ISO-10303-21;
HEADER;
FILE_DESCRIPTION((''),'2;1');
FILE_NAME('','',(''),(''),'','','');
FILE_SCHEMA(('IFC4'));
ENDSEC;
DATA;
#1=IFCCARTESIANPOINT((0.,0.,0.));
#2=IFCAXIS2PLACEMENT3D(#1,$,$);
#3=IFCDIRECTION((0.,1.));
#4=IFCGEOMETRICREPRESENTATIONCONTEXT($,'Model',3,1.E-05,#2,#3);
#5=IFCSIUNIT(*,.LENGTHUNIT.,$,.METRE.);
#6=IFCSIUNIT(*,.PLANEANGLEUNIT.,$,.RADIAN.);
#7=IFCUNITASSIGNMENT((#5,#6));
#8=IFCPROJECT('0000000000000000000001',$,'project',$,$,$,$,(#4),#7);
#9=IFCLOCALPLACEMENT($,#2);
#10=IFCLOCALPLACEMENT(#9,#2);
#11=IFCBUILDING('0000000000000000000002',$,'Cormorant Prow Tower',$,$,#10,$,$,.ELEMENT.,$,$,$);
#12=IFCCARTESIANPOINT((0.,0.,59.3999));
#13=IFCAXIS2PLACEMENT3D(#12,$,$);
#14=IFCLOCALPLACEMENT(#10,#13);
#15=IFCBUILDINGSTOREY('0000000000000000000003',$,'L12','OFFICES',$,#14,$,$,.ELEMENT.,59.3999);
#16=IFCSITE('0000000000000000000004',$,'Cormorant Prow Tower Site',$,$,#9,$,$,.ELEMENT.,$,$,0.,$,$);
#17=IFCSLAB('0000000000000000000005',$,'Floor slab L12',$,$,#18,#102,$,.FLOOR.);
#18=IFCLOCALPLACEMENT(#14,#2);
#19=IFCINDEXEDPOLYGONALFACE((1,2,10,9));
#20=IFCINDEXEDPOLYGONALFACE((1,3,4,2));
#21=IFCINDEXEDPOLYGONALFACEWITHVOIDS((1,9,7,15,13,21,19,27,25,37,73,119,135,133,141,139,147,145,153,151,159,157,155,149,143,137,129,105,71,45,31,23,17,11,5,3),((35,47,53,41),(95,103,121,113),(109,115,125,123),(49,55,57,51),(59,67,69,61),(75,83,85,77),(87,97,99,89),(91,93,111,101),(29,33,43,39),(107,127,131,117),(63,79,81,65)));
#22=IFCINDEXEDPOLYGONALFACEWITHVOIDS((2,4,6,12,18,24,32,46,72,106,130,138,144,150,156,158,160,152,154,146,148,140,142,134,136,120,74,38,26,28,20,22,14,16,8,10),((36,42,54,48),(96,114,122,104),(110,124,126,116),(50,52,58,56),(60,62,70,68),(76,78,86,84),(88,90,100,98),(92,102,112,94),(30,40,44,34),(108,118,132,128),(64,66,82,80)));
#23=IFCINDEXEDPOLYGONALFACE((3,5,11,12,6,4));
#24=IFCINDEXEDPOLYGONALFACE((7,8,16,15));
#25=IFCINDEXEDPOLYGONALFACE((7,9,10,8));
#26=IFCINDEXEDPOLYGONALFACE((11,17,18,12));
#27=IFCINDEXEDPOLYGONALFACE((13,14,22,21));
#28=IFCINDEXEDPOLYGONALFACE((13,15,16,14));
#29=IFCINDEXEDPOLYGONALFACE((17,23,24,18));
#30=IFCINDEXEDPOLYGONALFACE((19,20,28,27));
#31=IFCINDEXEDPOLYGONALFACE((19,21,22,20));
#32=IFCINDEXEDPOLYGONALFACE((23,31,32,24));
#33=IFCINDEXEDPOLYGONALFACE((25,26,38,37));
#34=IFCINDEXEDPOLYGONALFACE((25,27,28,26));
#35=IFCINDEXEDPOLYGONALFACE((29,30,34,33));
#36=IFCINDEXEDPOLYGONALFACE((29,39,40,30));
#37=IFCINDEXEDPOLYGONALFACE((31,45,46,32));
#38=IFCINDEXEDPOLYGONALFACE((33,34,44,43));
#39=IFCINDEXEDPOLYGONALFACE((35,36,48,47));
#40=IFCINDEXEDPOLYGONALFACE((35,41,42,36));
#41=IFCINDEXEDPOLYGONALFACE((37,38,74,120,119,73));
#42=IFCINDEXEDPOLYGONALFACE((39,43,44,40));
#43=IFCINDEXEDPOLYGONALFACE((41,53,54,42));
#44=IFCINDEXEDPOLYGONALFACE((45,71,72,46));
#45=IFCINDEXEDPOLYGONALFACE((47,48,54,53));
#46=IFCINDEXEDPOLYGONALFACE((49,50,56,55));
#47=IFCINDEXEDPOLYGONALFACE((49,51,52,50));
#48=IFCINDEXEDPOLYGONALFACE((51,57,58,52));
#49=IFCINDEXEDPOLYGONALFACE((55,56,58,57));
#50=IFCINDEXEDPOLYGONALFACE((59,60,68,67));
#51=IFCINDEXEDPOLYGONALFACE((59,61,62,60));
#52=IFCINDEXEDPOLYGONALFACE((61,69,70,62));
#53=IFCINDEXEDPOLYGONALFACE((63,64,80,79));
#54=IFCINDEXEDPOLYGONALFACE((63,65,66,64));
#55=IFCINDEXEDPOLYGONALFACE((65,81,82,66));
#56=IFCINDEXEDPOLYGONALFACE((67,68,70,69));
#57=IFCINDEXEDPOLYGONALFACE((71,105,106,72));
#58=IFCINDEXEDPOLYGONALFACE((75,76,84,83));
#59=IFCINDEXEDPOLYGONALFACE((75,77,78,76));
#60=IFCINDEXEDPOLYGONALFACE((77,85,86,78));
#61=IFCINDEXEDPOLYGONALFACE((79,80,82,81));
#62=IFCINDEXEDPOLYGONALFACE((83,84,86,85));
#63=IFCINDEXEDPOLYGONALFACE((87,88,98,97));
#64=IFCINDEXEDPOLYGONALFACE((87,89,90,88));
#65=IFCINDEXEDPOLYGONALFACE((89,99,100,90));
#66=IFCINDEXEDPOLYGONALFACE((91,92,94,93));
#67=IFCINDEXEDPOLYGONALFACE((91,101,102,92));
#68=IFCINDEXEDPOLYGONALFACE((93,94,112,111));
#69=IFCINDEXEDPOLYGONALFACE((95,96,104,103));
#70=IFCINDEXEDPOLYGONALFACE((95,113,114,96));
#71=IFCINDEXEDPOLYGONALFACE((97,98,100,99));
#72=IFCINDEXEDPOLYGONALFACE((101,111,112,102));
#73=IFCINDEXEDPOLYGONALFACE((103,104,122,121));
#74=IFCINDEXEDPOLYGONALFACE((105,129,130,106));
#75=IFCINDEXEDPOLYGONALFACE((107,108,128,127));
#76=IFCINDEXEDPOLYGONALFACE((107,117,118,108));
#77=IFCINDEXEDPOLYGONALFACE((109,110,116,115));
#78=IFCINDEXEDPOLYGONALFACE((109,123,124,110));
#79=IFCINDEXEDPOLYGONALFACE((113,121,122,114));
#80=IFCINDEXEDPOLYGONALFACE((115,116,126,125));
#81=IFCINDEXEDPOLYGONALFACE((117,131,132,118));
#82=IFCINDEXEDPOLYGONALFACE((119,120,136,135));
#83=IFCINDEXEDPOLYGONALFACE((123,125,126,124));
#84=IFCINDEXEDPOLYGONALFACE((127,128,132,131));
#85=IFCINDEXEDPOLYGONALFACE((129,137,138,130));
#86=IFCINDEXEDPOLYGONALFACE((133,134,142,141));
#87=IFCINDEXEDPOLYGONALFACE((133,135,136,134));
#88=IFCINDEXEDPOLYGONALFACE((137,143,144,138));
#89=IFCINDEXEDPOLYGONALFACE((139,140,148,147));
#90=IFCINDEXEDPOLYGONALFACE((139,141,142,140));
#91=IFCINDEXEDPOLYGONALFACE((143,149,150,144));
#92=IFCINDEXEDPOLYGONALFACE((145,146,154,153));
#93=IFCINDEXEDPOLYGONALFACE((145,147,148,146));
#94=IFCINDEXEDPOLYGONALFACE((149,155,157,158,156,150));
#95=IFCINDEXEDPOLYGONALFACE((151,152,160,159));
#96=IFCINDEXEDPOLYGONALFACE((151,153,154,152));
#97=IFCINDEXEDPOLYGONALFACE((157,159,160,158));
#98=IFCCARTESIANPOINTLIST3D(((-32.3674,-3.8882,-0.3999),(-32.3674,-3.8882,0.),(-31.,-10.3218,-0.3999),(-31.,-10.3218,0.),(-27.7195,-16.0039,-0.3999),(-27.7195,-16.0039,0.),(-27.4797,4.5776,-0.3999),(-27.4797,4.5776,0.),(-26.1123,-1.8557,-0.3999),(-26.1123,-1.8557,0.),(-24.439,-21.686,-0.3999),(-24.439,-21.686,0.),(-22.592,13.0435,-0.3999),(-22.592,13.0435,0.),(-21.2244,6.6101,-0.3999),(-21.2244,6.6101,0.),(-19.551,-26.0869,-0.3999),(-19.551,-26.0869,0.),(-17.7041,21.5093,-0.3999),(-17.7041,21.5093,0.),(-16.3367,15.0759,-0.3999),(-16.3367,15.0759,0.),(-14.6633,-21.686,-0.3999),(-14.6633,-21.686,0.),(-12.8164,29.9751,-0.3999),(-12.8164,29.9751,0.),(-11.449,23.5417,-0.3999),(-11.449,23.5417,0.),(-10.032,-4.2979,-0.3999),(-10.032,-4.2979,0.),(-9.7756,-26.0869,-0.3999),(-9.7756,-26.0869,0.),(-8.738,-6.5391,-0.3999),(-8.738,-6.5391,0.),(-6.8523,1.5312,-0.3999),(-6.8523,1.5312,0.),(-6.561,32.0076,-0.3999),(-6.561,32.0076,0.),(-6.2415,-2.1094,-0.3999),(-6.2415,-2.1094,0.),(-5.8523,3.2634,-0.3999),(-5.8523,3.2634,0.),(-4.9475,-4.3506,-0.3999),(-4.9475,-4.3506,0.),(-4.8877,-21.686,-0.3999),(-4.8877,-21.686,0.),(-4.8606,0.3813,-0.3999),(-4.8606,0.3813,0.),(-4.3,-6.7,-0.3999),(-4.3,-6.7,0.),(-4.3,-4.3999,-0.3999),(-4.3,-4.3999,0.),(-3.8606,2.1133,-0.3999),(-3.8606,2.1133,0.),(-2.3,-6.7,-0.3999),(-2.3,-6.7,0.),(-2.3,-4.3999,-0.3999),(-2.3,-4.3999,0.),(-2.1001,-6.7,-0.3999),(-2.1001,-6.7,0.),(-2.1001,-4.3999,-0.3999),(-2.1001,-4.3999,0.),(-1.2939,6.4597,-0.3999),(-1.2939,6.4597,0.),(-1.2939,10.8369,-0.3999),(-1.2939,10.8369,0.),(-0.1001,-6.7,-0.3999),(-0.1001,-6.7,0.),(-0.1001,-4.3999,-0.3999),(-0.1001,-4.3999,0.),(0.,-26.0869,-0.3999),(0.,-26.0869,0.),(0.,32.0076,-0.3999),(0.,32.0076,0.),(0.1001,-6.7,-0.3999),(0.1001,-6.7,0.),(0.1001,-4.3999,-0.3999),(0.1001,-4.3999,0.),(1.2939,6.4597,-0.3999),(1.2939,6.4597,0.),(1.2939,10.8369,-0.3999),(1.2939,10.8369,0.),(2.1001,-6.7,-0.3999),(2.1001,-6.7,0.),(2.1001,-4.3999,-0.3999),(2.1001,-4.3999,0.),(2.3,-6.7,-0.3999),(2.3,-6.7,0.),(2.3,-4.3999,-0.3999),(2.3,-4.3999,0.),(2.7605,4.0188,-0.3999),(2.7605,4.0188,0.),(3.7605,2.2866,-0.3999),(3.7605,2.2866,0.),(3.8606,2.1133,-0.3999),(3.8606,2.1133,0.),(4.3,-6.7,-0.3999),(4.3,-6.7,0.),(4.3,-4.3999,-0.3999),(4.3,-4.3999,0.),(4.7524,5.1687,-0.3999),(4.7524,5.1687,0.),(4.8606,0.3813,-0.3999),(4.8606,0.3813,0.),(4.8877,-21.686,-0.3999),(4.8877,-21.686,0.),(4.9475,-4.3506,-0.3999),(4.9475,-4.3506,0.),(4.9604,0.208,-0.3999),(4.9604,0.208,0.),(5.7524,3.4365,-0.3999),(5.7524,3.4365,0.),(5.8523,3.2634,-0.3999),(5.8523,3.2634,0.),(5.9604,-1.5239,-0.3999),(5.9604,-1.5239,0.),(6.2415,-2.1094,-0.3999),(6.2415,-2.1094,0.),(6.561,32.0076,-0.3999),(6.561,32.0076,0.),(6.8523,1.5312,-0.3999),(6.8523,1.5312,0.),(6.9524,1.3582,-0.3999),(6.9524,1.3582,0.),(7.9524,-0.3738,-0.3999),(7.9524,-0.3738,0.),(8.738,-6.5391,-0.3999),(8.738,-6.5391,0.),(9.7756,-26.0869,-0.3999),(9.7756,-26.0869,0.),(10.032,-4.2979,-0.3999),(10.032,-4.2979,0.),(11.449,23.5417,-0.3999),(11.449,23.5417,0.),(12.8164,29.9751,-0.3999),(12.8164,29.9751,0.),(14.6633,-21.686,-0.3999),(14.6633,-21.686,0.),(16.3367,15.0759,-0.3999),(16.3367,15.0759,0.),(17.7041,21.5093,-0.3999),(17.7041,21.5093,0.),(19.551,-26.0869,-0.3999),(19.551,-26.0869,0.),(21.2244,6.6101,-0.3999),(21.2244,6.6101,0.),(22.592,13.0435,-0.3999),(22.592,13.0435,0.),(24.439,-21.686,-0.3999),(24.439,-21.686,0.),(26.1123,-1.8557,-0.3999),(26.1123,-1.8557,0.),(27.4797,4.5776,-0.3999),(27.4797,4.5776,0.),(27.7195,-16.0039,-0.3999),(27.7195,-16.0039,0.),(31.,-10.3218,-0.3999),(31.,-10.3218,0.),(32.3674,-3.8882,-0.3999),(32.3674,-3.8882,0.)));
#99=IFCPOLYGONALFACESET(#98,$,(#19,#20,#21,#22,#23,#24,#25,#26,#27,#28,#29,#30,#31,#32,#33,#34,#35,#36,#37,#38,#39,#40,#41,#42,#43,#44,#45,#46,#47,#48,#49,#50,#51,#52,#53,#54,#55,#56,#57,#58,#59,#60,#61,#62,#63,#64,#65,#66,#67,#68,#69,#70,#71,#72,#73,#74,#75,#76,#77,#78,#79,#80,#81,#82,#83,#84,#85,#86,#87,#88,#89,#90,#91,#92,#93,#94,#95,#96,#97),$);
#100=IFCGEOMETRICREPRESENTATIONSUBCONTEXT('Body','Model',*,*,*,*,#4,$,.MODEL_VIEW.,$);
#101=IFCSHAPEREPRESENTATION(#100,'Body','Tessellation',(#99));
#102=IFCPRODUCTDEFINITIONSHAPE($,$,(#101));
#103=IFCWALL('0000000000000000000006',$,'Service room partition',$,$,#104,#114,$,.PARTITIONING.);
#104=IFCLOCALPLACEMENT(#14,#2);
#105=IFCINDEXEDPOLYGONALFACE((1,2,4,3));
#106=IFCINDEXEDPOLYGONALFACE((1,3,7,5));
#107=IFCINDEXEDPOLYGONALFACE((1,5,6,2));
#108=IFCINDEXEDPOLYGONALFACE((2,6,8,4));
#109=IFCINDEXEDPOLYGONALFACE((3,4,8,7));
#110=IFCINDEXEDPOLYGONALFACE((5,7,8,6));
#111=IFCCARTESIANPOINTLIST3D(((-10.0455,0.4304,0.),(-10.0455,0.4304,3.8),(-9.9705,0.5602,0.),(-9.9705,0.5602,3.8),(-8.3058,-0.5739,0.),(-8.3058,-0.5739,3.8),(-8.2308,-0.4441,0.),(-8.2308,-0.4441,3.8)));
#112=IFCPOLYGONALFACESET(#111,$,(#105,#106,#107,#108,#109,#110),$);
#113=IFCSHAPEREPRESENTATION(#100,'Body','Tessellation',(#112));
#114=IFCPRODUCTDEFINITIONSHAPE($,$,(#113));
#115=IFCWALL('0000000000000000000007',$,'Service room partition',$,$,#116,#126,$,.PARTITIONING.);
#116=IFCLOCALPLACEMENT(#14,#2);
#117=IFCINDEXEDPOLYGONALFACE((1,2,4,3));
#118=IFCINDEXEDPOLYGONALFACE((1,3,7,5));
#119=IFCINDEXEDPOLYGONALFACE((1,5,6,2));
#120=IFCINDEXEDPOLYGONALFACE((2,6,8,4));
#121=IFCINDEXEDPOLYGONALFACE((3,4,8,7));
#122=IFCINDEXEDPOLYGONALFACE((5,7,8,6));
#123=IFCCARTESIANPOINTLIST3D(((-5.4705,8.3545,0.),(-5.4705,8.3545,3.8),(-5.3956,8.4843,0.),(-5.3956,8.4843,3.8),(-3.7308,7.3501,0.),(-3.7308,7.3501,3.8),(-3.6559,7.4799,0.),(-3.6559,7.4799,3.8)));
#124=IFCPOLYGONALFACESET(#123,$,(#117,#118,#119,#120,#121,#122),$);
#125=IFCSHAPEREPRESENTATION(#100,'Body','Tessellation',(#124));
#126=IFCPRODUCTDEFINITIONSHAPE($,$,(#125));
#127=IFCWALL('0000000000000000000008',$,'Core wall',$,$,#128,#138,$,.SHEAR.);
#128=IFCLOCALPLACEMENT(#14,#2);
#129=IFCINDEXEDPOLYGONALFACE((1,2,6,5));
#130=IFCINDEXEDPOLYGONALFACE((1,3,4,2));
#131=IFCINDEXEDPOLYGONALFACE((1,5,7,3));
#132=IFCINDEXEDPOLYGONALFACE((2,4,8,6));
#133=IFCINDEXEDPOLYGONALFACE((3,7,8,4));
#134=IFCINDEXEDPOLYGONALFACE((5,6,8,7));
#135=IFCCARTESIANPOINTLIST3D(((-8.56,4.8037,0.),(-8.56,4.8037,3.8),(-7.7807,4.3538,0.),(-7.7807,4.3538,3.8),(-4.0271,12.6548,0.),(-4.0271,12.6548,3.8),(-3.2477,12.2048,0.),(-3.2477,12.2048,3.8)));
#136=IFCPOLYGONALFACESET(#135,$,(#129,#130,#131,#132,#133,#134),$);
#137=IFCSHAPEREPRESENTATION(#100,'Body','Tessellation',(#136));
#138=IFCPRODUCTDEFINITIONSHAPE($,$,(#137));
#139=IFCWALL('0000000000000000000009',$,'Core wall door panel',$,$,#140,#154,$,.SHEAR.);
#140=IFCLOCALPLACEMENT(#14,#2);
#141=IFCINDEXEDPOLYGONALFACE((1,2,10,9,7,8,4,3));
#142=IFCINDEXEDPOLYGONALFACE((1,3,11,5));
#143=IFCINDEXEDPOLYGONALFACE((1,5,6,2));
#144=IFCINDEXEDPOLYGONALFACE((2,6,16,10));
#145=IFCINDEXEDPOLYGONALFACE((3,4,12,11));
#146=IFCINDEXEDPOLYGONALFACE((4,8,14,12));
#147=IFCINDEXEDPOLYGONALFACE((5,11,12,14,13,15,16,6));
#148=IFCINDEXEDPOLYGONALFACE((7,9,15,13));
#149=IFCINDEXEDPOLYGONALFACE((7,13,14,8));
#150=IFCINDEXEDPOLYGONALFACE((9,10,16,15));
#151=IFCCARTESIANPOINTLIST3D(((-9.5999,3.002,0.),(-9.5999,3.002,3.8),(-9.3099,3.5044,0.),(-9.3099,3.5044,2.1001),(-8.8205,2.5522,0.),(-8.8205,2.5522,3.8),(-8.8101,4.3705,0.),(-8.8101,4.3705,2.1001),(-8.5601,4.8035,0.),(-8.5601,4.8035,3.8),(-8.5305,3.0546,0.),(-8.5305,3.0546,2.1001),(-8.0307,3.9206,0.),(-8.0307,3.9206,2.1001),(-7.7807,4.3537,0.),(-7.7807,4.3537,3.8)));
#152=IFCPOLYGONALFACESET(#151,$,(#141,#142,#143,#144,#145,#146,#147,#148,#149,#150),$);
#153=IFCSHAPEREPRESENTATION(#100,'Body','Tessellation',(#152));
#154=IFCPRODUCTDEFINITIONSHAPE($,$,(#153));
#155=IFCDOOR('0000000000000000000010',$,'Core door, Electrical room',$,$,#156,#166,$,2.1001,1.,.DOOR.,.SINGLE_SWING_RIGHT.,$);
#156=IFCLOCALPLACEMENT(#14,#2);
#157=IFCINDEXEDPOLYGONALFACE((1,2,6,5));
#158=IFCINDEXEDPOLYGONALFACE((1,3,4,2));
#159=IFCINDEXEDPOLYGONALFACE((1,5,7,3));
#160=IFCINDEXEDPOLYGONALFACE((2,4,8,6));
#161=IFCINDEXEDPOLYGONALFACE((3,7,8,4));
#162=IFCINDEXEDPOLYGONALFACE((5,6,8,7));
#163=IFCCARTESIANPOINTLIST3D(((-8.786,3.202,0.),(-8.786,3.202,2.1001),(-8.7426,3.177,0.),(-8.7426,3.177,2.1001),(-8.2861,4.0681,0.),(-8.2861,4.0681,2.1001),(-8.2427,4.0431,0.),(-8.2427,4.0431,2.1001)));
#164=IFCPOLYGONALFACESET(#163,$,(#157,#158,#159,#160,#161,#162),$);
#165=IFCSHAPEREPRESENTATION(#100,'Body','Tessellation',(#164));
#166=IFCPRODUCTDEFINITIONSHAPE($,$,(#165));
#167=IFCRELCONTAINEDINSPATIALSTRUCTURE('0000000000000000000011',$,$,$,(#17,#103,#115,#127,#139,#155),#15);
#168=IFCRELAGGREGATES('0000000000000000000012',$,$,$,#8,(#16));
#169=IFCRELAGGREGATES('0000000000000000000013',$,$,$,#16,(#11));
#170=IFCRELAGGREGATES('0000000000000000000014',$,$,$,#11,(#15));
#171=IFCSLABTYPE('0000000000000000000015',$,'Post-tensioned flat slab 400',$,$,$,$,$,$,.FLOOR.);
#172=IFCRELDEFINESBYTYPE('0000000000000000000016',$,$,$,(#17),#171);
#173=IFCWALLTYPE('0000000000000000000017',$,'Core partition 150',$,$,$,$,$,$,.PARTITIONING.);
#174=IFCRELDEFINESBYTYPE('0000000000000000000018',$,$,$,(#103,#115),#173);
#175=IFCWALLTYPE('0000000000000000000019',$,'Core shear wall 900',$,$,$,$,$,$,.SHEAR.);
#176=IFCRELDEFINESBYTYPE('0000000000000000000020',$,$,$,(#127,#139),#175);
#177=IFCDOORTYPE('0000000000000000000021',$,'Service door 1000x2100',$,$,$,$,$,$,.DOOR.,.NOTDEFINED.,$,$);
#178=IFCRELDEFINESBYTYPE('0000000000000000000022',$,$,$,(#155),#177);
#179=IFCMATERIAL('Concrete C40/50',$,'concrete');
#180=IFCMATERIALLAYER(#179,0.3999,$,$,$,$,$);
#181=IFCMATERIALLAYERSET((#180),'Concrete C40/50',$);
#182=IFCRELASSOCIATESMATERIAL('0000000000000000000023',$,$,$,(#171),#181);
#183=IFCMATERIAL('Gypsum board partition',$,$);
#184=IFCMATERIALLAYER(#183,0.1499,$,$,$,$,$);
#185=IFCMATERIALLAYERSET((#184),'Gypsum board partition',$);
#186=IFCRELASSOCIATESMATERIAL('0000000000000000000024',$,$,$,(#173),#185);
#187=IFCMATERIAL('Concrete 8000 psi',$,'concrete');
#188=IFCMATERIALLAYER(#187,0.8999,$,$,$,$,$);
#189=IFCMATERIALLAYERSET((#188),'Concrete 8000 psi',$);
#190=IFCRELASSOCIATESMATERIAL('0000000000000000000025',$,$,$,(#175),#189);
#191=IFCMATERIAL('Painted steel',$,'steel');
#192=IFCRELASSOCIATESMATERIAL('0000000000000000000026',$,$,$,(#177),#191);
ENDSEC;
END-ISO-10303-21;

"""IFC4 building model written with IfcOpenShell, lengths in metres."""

from ifc_helpers import new_model, si_unit, direction, frame, frame_2d, origin, place, context, subcontext, project, spatial, polyline, rectangle, outline, extrude, material, layer, layer_set, type_object, element, fill, save


model = new_model("IFC4")

# Units and contexts
model_context = context("Model", 3, precision=1e-05, world=origin(), true_north=direction((0.0, 1.0)))
body_context = subcontext(model_context, "Body", "Model", "MODEL_VIEW")
ifc_project = project(units=[si_unit("LENGTHUNIT", "METRE"), si_unit("PLANEANGLEUNIT", "RADIAN")], contexts=[model_context])

# Site, building, storey
site_placement = place(None, origin())
site = spatial("IfcSite", under=ifc_project, at=site_placement, Name="Cormorant Prow Tower Site", CompositionType="ELEMENT", RefElevation=0.0)
building_placement = place(site_placement, origin())
building = spatial("IfcBuilding", under=site, at=building_placement, Name="Cormorant Prow Tower", CompositionType="ELEMENT")
storey_placement = place(building_placement, frame((0.0, 0.0, 59.3999)))
storey = spatial("IfcBuildingStorey", under=building, at=storey_placement, Name="L12", Description="OFFICES", CompositionType="ELEMENT", Elevation=59.3999)

# Slab
ifc_material_1 = material(Name="Concrete C40/50", Category="concrete")
ifc_layer_1 = layer(ifc_material_1, 0.3999)
ifc_layer_set_1 = layer_set([ifc_layer_1], Name="Concrete C40/50")
slab_type_1 = type_object("IfcSlabType", Name="Post-tensioned flat slab 400", PredefinedType="FLOOR", material=ifc_layer_set_1)
slab_1_placement = place(storey_placement, frame((0.0, 0.0, -0.3999)))
element("IfcSlab", 1, at=slab_1_placement, inside=storey, type_object=slab_type_1, Name="Floor slab L12", PredefinedType="FLOOR", context=body_context, shape_type="SweptSolid", body=[
    extrude(outline(polyline([(-12.8164, 29.9751), (-11.449, 23.5417), (-17.7041, 21.5093), (-16.3367, 15.0759), (-22.592, 13.0435), (-21.2244, 6.6101), (-27.4797, 4.5776), (-26.1123, -1.8557), (-32.3674, -3.8882), (-31.0, -10.3218), (-27.7195, -16.0039), (-24.439, -21.686), (-19.551, -26.0869), (-14.6633, -21.686), (-9.7756, -26.0869), (-4.8877, -21.686), (0.0, -26.0869), (4.8877, -21.686), (9.7756, -26.0869), (14.6633, -21.686), (19.551, -26.0869), (24.439, -21.686), (27.7195, -16.0039), (31.0, -10.3218), (32.3674, -3.8882), (26.1123, -1.8557), (27.4797, 4.5776), (21.2244, 6.6101), (22.592, 13.0435), (16.3367, 15.0759), (17.7041, 21.5093), (11.449, 23.5417), (12.8164, 29.9751), (6.561, 32.0076), (0.0, 32.0076), (-6.561, 32.0076), (-12.8164, 29.9751)]), holes=[polyline([(-4.3, -6.7), (-4.3, -4.3999), (-2.3, -4.3999), (-2.3, -6.7), (-4.3, -6.7)]), polyline([(-2.1001, -4.3999), (-0.1001, -4.3999), (-0.1001, -6.7), (-2.1001, -6.7), (-2.1001, -4.3999)]), polyline([(2.1001, -4.3999), (2.1001, -6.7), (0.1001, -6.7), (0.1001, -4.3999), (2.1001, -4.3999)]), polyline([(4.3, -6.7), (2.3, -6.7), (2.3, -4.3999), (4.3, -4.3999), (4.3, -6.7)]), polyline([(7.9524, -0.3738), (5.9604, -1.5239), (4.9604, 0.208), (6.9524, 1.3582), (7.9524, -0.3738)]), polyline([(4.8606, 0.3813), (3.8606, 2.1133), (5.8523, 3.2634), (6.8523, 1.5312), (4.8606, 0.3813)]), polyline([(2.7605, 4.0188), (4.7524, 5.1687), (5.7524, 3.4365), (3.7605, 2.2866), (2.7605, 4.0188)]), polyline([(-6.8523, 1.5312), (-5.8523, 3.2634), (-3.8606, 2.1133), (-4.8606, 0.3813), (-6.8523, 1.5312)]), polyline([(-4.9475, -4.3506), (-8.738, -6.5391), (-10.032, -4.2979), (-6.2415, -2.1094), (-4.9475, -4.3506)]), polyline([(10.032, -4.2979), (8.738, -6.5391), (4.9475, -4.3506), (6.2415, -2.1094), (10.032, -4.2979)]), polyline([(1.2939, 10.8369), (1.2939, 6.4597), (-1.2939, 6.4597), (-1.2939, 10.8369), (1.2939, 10.8369)])]), origin(), (0.0, 0.0, 1.0), 0.3999),
])

# Walls
ifc_material_2 = material(Name="Gypsum board partition")
ifc_layer_2 = layer(ifc_material_2, 0.1499)
ifc_layer_set_2 = layer_set([ifc_layer_2], Name="Gypsum board partition")
wall_type_1 = type_object("IfcWallType", Name="Core partition 150", PredefinedType="PARTITIONING", material=ifc_layer_set_2)
for number, where, z_axis, x_axis, name in (
    (2, (-8.2683, -0.509, 0.0), (0.0, 0.0, 1.0), (-0.866036, 0.499982, 0.0), "Service room partition"),
    (3, (-3.6934, 7.415, 0.0), (0.0, 0.0, 1.0), (-0.866036, 0.499982, 0.0), "Service room partition"),
):
    element("IfcWall", number, at=place(storey_placement, frame(where, z_axis=z_axis, x_axis=x_axis)), inside=storey, type_object=wall_type_1, Name=name, PredefinedType="PARTITIONING", context=body_context, shape_type="SweptSolid", body=[
        extrude(rectangle(XDim=2.0088, YDim=0.1499, at=frame_2d((1.0044, 0.0))), origin(), (0.0, 0.0, 1.0), 3.8),
    ])
ifc_material_3 = material(Name="Concrete 8000 psi", Category="concrete")
ifc_layer_3 = layer(ifc_material_3, 0.8999)
ifc_layer_set_3 = layer_set([ifc_layer_3], Name="Concrete 8000 psi")
wall_type_2 = type_object("IfcWallType", Name="Core shear wall 900", PredefinedType="SHEAR", material=ifc_layer_set_3)
wall_1_placement = place(storey_placement, frame((-3.6375, 12.4297, 0.0), z_axis=(0.0, 0.0, 1.0), x_axis=(-0.500012, -0.866019, 0.0)))
element("IfcWall", 4, at=wall_1_placement, inside=storey, type_object=wall_type_2, Name="Core wall", PredefinedType="SHEAR", context=body_context, shape_type="SweptSolid", body=[
    extrude(rectangle(XDim=9.0657, YDim=0.8999, at=frame_2d((4.5327, 0.0))), origin(), (0.0, 0.0, 1.0), 3.8),
])

# Wall, opening, door
wall_2_placement = place(storey_placement, frame((-8.1704, 4.5786, 0.0), z_axis=(0.0, 0.0, 1.0), x_axis=(-0.499888, -0.86609, 0.0)))
wall_2 = element("IfcWall", 5, at=wall_2_placement, inside=storey, type_object=wall_type_2, Name="Core wall door panel", PredefinedType="SHEAR", context=body_context, shape_type="SweptSolid", body=[
    extrude(rectangle(XDim=2.0801, YDim=0.8999, at=frame_2d((1.04, 0.0))), origin(), (0.0, 0.0, 1.0), 3.8),
])
opening_1_placement = place(wall_2_placement, frame((0.5, 0.0, 0.0)))
opening_1 = element("IfcOpeningElement", 6, at=opening_1_placement, cuts=wall_2, PredefinedType="OPENING", context=body_context, shape_type="SweptSolid", body=[
    extrude(rectangle(XDim=1.0, YDim=2.1001, at=frame_2d((0.5, 1.05))), frame((0.0, 0.46, 0.0), z_axis=(0.0, -1.0, 0.0), x_axis=(1.0, 0.0, 0.0)), (0.0, 0.0, 1.0), 0.9199),
])
ifc_material_4 = material(Name="Painted steel", Category="steel")
door_type_1 = type_object("IfcDoorType", Name="Service door 1000x2100", OperationType="NOTDEFINED", PredefinedType="DOOR", material=ifc_material_4)
door_1_placement = place(opening_1_placement, origin())
door_1 = element("IfcDoor", 7, at=door_1_placement, inside=storey, type_object=door_type_1, Name="Core door, Electrical room", OperationType="SINGLE_SWING_RIGHT", OverallHeight=2.1001, OverallWidth=1.0, PredefinedType="DOOR", context=body_context, shape_type="SweptSolid", body=[
    extrude(rectangle(XDim=1.0, YDim=2.1001, at=frame_2d((0.5, 1.05))), frame((0.0, 0.2051, 0.0), z_axis=(0.0, -1.0, 0.0), x_axis=(1.0, 0.0, 0.0)), (0.0, 0.0, 1.0), 0.05),
])
fill(opening_1, door_1)

save(model, "model.ifc")
